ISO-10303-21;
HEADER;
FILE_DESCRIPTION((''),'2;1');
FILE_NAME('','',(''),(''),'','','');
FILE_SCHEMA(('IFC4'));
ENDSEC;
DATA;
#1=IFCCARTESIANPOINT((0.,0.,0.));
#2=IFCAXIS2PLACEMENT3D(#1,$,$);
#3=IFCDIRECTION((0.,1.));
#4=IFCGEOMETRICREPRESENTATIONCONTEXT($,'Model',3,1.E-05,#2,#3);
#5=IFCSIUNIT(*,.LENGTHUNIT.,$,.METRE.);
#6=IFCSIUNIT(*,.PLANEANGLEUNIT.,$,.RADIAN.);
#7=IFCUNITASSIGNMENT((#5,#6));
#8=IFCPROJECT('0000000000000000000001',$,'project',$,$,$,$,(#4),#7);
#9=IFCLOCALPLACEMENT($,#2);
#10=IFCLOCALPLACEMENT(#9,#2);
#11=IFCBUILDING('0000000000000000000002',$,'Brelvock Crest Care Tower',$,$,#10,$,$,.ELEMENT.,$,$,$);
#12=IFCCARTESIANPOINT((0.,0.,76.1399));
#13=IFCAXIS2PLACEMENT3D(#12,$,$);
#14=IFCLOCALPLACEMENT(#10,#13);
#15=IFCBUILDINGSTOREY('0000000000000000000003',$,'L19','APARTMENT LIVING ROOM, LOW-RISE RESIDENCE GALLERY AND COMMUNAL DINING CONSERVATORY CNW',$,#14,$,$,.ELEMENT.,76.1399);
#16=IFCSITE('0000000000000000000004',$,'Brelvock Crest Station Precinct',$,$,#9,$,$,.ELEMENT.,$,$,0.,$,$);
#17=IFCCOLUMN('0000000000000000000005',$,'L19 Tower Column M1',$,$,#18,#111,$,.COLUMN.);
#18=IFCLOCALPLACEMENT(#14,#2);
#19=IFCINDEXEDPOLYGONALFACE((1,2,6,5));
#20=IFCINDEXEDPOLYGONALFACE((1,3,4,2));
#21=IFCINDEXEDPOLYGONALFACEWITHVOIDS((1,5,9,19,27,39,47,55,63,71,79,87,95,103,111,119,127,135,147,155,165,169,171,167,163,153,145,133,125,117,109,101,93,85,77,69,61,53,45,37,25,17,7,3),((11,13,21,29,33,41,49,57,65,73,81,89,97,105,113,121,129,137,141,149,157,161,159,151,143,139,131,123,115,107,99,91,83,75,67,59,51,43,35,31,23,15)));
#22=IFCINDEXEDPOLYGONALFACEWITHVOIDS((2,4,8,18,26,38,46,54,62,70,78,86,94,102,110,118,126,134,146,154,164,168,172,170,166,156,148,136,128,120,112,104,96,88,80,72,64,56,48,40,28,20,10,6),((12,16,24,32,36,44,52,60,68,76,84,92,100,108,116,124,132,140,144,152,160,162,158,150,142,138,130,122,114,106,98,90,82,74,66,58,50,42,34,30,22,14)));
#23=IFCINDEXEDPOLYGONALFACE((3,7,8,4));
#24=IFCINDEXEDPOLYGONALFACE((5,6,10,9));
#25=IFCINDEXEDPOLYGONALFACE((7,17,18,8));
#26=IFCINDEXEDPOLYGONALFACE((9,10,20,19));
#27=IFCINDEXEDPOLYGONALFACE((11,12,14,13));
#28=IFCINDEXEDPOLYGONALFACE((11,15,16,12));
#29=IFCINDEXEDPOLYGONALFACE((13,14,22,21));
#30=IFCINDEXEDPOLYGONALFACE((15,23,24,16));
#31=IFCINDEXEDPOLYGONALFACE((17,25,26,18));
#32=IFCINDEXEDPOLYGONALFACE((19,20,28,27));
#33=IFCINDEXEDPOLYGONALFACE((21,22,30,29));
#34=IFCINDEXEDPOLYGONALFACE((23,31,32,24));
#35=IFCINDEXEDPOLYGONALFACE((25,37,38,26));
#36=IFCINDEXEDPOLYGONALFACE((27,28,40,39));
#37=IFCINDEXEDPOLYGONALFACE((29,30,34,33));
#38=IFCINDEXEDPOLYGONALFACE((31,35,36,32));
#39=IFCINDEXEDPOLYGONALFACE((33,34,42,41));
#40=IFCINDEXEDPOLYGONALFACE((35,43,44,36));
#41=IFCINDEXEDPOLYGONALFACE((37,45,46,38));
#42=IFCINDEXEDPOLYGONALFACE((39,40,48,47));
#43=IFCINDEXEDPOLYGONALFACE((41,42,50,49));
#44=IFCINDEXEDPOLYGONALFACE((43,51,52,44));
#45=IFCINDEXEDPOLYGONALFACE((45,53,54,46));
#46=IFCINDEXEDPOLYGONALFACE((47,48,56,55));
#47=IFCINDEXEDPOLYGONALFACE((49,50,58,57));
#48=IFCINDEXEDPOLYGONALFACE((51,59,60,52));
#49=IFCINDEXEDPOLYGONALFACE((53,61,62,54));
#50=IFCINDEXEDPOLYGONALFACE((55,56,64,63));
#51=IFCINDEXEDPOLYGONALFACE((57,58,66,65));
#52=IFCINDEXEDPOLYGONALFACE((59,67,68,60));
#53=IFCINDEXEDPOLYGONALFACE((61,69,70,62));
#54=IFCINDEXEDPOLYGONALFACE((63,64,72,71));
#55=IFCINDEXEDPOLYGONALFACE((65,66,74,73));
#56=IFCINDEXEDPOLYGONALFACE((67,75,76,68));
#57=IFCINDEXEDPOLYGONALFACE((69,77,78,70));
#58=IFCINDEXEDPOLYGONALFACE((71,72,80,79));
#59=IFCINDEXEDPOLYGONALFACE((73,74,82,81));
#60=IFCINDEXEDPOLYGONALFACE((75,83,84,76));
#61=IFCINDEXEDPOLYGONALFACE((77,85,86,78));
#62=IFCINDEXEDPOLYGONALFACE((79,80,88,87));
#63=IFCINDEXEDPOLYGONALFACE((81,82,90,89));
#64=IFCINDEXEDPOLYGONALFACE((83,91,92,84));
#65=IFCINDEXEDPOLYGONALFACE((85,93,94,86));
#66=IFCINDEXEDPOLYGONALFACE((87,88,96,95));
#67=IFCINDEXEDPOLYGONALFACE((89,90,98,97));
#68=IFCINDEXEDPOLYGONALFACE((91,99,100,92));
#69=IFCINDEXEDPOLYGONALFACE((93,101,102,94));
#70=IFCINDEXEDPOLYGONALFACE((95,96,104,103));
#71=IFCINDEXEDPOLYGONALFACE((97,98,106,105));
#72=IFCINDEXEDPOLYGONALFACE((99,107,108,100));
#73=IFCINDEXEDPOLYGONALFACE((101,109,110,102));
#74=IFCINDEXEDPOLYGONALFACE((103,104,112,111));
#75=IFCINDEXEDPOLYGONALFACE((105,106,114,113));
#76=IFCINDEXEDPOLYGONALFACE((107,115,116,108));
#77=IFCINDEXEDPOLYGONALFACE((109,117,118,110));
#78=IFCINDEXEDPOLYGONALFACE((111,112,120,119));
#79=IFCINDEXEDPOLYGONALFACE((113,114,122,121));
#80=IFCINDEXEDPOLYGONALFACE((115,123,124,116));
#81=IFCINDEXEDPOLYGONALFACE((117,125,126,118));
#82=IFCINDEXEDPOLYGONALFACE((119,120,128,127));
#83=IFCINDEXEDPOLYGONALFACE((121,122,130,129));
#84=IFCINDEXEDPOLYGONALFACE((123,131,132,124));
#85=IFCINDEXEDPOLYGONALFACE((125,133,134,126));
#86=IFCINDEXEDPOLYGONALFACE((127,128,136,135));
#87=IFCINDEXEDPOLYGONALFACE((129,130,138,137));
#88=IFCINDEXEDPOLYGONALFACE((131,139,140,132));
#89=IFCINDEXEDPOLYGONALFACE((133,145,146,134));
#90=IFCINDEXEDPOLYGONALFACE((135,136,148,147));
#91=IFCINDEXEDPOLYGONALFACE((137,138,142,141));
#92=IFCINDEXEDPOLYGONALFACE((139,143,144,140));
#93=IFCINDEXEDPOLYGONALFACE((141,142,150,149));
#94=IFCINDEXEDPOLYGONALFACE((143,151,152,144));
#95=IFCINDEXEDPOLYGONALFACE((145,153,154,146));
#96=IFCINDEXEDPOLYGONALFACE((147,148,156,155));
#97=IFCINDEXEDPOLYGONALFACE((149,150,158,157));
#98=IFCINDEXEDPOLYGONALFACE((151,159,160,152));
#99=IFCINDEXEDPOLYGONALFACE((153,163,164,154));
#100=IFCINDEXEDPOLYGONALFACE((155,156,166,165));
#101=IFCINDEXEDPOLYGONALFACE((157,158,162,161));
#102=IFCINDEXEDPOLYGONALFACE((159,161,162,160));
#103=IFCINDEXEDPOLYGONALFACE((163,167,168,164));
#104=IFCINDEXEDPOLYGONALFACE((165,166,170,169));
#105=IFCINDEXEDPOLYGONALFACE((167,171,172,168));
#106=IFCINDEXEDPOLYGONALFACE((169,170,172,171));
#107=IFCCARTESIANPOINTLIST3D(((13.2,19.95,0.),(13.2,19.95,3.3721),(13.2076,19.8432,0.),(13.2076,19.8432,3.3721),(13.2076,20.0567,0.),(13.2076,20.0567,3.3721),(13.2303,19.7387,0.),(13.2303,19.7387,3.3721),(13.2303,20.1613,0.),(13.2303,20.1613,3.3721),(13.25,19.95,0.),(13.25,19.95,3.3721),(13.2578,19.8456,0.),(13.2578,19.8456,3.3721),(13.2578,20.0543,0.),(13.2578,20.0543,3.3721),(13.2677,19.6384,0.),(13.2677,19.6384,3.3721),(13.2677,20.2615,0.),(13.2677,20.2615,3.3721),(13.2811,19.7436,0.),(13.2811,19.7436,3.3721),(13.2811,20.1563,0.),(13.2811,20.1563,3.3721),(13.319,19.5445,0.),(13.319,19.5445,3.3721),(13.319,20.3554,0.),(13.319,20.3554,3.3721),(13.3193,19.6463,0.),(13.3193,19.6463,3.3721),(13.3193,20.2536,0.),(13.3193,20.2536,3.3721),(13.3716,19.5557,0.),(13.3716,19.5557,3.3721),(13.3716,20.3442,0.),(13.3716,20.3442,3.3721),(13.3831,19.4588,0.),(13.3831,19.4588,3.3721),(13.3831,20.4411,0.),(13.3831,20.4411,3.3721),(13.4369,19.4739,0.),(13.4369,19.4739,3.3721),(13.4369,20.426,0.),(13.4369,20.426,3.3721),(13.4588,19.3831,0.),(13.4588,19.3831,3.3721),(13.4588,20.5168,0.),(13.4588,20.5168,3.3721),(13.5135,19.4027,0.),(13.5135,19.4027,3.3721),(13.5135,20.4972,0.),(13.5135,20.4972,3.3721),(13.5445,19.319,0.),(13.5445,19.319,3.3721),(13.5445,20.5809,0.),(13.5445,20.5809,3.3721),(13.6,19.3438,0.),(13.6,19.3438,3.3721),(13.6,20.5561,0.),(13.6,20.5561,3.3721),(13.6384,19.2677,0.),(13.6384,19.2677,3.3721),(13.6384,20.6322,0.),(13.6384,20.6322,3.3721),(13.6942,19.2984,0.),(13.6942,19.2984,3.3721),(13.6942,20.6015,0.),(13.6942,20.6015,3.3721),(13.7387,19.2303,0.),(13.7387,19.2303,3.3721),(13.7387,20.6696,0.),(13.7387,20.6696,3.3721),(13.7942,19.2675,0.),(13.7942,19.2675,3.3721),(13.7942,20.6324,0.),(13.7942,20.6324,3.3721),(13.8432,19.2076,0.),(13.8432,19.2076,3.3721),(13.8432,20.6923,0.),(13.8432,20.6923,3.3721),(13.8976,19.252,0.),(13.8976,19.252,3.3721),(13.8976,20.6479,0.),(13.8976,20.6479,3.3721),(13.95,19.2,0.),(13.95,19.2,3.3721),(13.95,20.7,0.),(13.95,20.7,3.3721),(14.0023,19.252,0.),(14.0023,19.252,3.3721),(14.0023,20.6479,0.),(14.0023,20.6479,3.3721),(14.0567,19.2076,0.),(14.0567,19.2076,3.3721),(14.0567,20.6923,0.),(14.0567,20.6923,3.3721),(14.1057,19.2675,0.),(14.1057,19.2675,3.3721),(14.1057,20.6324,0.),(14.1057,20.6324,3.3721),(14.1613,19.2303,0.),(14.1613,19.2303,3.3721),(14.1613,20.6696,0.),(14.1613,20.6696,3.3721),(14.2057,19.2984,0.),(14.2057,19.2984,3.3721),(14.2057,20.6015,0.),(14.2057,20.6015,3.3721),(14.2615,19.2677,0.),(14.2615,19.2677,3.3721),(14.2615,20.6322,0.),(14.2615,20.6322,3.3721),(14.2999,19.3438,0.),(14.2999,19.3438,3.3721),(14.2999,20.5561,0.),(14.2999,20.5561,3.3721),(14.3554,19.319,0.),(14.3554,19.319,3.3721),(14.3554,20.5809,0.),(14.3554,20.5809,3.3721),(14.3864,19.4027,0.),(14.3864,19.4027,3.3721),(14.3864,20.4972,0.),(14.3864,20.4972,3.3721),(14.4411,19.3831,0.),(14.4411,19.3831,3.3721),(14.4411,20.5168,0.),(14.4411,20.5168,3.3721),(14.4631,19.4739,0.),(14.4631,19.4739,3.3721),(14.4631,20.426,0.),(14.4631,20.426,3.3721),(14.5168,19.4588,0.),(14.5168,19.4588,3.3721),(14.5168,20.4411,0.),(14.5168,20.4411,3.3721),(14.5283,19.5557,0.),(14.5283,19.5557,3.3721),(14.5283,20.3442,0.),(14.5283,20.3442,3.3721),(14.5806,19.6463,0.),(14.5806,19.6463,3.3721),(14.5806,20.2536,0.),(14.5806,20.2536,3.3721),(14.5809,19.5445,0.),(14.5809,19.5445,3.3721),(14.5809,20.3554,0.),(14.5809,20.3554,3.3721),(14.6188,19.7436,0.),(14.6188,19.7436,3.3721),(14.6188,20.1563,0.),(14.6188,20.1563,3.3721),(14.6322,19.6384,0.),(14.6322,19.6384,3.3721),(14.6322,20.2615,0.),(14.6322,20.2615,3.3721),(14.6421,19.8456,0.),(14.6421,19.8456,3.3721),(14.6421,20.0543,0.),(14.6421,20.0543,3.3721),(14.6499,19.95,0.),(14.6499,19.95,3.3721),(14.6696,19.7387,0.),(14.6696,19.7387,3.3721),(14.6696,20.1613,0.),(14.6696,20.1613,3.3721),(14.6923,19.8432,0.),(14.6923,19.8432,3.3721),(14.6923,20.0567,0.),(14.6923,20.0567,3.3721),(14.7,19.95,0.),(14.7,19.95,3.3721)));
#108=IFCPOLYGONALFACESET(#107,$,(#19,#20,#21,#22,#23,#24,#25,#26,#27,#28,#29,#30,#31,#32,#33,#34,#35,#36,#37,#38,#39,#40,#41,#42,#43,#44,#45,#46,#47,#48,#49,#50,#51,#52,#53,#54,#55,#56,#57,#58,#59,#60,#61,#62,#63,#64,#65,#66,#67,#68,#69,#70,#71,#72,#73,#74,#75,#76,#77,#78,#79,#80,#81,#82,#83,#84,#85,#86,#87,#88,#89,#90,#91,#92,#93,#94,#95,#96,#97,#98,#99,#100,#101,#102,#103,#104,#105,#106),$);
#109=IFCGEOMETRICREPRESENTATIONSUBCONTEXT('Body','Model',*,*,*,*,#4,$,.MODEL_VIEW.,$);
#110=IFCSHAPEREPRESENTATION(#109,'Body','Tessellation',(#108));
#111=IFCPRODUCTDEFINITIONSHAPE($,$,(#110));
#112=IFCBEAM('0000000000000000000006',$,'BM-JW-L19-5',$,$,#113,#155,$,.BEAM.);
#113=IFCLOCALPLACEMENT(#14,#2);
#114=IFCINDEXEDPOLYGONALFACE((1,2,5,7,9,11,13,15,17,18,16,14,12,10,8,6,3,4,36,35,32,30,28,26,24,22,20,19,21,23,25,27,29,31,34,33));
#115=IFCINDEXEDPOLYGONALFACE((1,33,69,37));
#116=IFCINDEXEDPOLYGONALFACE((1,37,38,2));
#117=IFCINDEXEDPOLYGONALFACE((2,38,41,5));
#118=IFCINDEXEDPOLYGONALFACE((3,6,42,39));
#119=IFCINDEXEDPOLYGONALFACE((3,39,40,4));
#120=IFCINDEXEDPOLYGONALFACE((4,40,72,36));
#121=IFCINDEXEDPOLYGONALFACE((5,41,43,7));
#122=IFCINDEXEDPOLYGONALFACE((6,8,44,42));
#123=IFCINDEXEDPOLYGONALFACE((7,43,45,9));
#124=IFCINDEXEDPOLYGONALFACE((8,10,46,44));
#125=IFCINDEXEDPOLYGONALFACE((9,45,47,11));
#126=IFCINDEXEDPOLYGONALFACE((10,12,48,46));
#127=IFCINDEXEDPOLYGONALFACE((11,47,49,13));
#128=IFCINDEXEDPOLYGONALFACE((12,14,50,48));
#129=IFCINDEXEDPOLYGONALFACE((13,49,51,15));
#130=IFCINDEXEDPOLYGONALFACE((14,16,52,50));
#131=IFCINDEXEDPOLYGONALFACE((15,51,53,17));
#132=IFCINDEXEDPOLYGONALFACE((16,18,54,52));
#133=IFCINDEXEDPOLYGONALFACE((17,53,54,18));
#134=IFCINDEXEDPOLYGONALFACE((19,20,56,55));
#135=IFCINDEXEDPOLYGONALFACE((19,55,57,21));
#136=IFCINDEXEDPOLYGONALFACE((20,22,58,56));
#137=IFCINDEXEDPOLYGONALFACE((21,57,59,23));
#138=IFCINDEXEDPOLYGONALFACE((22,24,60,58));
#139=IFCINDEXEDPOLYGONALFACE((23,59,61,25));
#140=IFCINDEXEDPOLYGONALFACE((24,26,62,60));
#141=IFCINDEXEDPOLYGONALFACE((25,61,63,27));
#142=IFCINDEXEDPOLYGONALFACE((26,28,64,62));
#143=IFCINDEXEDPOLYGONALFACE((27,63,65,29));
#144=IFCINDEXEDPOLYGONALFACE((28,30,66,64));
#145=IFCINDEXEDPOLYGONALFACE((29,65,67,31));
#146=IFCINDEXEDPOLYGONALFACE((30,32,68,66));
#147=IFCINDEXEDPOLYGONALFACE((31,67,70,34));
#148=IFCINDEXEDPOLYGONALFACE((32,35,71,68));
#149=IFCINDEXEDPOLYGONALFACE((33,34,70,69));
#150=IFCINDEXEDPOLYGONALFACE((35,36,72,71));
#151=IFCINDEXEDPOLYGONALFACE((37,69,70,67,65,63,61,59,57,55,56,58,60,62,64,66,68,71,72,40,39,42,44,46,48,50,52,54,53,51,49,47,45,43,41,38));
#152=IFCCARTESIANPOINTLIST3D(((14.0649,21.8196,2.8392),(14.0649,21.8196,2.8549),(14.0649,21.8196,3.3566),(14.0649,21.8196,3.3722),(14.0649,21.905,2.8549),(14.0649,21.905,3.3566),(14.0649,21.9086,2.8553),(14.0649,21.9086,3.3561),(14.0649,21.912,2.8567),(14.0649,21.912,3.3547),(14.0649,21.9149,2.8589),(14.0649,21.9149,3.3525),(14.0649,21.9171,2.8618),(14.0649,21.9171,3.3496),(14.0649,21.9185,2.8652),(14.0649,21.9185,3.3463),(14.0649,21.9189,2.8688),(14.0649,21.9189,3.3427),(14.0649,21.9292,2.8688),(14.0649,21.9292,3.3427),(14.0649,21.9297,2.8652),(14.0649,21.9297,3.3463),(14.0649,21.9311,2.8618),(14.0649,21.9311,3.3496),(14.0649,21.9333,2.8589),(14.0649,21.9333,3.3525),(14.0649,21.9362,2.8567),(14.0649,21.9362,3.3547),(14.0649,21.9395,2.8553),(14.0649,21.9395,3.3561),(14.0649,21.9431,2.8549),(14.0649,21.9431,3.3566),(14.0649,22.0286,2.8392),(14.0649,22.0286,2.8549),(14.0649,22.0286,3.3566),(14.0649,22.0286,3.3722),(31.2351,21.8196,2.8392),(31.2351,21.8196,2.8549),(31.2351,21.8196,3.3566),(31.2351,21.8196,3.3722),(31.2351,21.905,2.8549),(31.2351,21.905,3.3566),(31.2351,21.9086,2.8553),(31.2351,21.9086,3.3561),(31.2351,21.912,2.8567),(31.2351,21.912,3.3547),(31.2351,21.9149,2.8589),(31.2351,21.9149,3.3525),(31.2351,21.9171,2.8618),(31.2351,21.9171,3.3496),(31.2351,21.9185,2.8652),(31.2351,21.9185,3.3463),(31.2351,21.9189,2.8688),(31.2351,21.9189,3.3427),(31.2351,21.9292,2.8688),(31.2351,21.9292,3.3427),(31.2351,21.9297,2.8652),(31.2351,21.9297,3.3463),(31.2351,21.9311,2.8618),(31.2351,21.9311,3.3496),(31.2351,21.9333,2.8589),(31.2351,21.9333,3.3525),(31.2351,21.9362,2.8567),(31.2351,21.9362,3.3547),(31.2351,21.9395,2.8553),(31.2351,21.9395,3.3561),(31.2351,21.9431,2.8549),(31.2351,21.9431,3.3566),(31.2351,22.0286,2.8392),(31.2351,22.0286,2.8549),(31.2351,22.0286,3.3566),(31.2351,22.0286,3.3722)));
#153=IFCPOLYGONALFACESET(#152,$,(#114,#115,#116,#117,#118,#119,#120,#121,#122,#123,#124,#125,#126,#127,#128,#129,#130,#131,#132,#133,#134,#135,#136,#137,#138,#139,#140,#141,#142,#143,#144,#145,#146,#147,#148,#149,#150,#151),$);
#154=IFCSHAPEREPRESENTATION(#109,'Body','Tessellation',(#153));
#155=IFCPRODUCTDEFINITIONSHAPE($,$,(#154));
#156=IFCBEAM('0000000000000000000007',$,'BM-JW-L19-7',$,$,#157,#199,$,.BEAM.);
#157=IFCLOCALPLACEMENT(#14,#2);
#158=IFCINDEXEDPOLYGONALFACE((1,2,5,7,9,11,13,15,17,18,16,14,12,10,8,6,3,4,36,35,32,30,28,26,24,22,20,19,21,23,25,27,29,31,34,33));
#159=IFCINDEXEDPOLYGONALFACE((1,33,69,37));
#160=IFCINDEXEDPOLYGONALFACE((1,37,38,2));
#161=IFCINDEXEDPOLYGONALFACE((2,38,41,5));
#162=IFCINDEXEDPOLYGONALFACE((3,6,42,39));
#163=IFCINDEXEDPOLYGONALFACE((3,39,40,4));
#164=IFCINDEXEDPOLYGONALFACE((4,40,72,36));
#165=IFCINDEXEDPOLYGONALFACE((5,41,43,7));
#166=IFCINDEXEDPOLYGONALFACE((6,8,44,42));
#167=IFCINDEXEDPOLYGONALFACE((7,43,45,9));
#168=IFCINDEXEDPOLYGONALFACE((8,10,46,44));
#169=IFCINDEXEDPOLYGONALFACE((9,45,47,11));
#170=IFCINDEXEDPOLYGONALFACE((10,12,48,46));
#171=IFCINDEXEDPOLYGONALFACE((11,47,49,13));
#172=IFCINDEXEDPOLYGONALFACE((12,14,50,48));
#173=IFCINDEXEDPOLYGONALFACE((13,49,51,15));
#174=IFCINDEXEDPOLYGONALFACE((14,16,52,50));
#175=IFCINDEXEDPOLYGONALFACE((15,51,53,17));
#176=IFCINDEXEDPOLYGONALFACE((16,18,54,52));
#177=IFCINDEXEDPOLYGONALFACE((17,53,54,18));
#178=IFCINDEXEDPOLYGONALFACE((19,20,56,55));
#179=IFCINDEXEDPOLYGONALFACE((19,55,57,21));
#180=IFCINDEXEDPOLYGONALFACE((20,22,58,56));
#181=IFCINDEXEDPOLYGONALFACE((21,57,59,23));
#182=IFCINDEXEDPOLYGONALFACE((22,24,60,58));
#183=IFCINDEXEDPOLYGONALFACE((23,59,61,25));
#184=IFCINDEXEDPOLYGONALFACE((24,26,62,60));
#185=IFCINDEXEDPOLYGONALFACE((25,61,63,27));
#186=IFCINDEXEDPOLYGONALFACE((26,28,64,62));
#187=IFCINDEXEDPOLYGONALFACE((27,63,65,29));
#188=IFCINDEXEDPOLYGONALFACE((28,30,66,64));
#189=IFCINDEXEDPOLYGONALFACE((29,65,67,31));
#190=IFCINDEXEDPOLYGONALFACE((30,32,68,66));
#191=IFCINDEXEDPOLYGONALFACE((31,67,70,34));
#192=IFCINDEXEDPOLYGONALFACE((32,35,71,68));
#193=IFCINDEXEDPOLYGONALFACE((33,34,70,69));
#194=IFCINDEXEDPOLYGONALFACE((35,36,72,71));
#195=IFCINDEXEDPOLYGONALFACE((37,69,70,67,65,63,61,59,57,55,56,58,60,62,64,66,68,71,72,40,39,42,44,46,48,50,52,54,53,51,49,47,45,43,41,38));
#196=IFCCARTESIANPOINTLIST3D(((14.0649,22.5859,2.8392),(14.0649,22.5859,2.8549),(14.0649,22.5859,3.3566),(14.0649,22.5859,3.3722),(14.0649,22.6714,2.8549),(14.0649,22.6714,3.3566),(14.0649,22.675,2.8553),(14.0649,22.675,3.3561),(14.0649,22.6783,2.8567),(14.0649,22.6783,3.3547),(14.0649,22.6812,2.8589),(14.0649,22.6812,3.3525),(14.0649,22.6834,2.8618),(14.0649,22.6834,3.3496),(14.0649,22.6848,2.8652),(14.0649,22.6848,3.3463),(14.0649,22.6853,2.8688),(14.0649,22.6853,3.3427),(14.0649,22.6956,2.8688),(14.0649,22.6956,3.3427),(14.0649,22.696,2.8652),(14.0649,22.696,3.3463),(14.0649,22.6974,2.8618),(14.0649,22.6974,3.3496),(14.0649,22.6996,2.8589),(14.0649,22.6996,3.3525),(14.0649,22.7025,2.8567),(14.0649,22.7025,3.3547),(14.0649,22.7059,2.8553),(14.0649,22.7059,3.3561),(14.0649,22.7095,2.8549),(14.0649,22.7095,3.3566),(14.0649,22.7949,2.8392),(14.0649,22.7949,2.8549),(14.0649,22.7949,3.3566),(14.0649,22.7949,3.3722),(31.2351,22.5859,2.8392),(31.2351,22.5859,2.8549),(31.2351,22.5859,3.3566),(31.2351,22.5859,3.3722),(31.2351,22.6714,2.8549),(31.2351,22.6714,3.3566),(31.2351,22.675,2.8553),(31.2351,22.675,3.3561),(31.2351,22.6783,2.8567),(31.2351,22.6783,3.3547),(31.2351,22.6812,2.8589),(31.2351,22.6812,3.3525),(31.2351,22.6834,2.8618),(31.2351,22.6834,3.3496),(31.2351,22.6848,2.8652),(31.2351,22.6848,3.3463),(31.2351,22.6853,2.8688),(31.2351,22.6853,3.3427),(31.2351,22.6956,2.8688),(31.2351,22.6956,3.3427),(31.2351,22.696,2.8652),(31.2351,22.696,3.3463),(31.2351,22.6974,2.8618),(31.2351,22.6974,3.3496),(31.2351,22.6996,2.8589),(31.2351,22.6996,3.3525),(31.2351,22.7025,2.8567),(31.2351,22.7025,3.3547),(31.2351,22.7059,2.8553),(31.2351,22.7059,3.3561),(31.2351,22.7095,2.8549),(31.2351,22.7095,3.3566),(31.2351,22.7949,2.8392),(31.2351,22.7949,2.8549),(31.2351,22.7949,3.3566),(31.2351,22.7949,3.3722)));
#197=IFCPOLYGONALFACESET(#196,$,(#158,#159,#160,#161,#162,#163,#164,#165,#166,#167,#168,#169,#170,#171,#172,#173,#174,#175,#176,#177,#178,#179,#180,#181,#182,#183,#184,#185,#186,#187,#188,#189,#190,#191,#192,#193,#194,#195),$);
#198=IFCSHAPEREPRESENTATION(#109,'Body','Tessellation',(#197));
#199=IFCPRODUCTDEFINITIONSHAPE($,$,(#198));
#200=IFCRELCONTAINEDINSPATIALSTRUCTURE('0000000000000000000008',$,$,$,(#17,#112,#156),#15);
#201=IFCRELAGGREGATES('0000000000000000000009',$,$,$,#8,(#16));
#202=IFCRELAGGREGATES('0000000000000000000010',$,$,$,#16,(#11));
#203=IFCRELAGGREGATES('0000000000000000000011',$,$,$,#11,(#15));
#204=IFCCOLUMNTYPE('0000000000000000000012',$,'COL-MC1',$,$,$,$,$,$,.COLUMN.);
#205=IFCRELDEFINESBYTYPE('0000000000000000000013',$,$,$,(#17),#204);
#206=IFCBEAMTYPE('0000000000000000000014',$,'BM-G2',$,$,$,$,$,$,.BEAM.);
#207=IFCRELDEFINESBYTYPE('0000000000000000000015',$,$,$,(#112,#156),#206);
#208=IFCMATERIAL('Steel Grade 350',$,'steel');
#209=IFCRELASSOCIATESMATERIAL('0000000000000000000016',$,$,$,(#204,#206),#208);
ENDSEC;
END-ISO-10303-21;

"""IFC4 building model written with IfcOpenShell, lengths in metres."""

from ifc_helpers import new_model, si_unit, direction, frame, origin, origin_2d, place, context, subcontext, project, spatial, hollow_circle, i_section, extrude, source, transform, mapped, material, material_profile, profile_set, type_object, element, save


model = new_model("IFC4")

# Units and contexts
model_context = context("Model", 3, precision=1e-05, world=origin(), true_north=direction((0.0, 1.0)))
body_context = subcontext(model_context, "Body", "Model", "MODEL_VIEW")
ifc_project = project(units=[si_unit("LENGTHUNIT", "METRE"), si_unit("PLANEANGLEUNIT", "RADIAN")], contexts=[model_context])

# Site, building, storey
site_placement = place(None, origin())
site = spatial("IfcSite", under=ifc_project, at=site_placement, Name="Brelvock Crest Station Precinct", CompositionType="ELEMENT", RefElevation=0.0)
building_placement = place(site_placement, origin())
building = spatial("IfcBuilding", under=site, at=building_placement, Name="Brelvock Crest Care Tower", CompositionType="ELEMENT")
storey_placement = place(building_placement, frame((0.0, 0.0, 76.1399)))
storey = spatial("IfcBuildingStorey", under=building, at=storey_placement, Name="L19", Description="APARTMENT LIVING ROOM, LOW-RISE RESIDENCE GALLERY AND COMMUNAL DINING CONSERVATORY CNW", CompositionType="ELEMENT", Elevation=76.1399)

# Column
ifc_material_1 = material(Name="Steel Grade 350", Category="steel")
ifc_material_profile_1 = material_profile(ifc_material_1, hollow_circle(Radius=0.75, WallThickness=0.05, at=origin_2d()), Name="CFT1500x50")
ifc_profile_set_1 = profile_set([ifc_material_profile_1], Name="Steel Grade 350")
column_type = type_object("IfcColumnType", Name="COL-MC1", PredefinedType="COLUMN", material=ifc_profile_set_1)
shared_shape_1 = source(origin(), body_context, "Body", "SweptSolid", [
    extrude(hollow_circle(Radius=0.75, WallThickness=0.05, at=origin_2d()), origin(), (0.0, 0.0, 1.0), 3.3721),
])
column_placement = place(storey_placement, frame((13.95, 19.95, 0.0), z_axis=(0.0, 0.0, 1.0), x_axis=(1.0, 0.0, 0.0)))
element("IfcColumn", 1, at=column_placement, inside=storey, type_object=column_type, Name="L19 Tower Column M1", PredefinedType="COLUMN", context=body_context, shape_type="MappedRepresentation", body=[
    mapped(shared_shape_1, transform((0.0, 0.0, 0.0), x_axis=(1.0, 0.0, 0.0), y_axis=(0.0, 1.0, 0.0), z_axis=(0.0, 0.0, 1.0), scale=1.0)),
])

# Beams
ifc_material_profile_2 = material_profile(ifc_material_1, i_section(OverallWidth=0.209, OverallDepth=0.533, WebThickness=0.0103, FlangeThickness=0.0156, FilletRadius=0.0139, at=origin_2d()), Name="530UB92.4")
ifc_profile_set_2 = profile_set([ifc_material_profile_2], Name="Steel Grade 350")
beam_type_1 = type_object("IfcBeamType", Name="BM-G2", PredefinedType="BEAM", material=ifc_profile_set_2)
shared_shape_2 = source(origin(), body_context, "Body", "SweptSolid", [
    extrude(i_section(OverallWidth=0.209, OverallDepth=0.533, WebThickness=0.0103, FlangeThickness=0.0156, FilletRadius=0.0139, at=origin_2d()), origin(), (0.0, 0.0, 1.0), 17.1702),
])
for number, where, z_axis, x_axis, name in (
    (2, (14.0649, 21.9241, 3.1057), (1.0, 0.0, 0.0), (0.0, 1.0, 0.0), "BM-JW-L19-5"),
    (3, (14.0649, 22.6904, 3.1057), (1.0, 0.0, 0.0), (0.0, 1.0, 0.0), "BM-JW-L19-7"),
):
    element("IfcBeam", number, at=place(storey_placement, frame(where, z_axis=z_axis, x_axis=x_axis)), inside=storey, type_object=beam_type_1, Name=name, PredefinedType="BEAM", context=body_context, shape_type="MappedRepresentation", body=[
        mapped(shared_shape_2, transform((0.0, 0.0, 0.0), x_axis=(1.0, 0.0, 0.0), y_axis=(0.0, 1.0, 0.0), z_axis=(0.0, 0.0, 1.0), scale=1.0)),
    ])

save(model, "model.ifc")
